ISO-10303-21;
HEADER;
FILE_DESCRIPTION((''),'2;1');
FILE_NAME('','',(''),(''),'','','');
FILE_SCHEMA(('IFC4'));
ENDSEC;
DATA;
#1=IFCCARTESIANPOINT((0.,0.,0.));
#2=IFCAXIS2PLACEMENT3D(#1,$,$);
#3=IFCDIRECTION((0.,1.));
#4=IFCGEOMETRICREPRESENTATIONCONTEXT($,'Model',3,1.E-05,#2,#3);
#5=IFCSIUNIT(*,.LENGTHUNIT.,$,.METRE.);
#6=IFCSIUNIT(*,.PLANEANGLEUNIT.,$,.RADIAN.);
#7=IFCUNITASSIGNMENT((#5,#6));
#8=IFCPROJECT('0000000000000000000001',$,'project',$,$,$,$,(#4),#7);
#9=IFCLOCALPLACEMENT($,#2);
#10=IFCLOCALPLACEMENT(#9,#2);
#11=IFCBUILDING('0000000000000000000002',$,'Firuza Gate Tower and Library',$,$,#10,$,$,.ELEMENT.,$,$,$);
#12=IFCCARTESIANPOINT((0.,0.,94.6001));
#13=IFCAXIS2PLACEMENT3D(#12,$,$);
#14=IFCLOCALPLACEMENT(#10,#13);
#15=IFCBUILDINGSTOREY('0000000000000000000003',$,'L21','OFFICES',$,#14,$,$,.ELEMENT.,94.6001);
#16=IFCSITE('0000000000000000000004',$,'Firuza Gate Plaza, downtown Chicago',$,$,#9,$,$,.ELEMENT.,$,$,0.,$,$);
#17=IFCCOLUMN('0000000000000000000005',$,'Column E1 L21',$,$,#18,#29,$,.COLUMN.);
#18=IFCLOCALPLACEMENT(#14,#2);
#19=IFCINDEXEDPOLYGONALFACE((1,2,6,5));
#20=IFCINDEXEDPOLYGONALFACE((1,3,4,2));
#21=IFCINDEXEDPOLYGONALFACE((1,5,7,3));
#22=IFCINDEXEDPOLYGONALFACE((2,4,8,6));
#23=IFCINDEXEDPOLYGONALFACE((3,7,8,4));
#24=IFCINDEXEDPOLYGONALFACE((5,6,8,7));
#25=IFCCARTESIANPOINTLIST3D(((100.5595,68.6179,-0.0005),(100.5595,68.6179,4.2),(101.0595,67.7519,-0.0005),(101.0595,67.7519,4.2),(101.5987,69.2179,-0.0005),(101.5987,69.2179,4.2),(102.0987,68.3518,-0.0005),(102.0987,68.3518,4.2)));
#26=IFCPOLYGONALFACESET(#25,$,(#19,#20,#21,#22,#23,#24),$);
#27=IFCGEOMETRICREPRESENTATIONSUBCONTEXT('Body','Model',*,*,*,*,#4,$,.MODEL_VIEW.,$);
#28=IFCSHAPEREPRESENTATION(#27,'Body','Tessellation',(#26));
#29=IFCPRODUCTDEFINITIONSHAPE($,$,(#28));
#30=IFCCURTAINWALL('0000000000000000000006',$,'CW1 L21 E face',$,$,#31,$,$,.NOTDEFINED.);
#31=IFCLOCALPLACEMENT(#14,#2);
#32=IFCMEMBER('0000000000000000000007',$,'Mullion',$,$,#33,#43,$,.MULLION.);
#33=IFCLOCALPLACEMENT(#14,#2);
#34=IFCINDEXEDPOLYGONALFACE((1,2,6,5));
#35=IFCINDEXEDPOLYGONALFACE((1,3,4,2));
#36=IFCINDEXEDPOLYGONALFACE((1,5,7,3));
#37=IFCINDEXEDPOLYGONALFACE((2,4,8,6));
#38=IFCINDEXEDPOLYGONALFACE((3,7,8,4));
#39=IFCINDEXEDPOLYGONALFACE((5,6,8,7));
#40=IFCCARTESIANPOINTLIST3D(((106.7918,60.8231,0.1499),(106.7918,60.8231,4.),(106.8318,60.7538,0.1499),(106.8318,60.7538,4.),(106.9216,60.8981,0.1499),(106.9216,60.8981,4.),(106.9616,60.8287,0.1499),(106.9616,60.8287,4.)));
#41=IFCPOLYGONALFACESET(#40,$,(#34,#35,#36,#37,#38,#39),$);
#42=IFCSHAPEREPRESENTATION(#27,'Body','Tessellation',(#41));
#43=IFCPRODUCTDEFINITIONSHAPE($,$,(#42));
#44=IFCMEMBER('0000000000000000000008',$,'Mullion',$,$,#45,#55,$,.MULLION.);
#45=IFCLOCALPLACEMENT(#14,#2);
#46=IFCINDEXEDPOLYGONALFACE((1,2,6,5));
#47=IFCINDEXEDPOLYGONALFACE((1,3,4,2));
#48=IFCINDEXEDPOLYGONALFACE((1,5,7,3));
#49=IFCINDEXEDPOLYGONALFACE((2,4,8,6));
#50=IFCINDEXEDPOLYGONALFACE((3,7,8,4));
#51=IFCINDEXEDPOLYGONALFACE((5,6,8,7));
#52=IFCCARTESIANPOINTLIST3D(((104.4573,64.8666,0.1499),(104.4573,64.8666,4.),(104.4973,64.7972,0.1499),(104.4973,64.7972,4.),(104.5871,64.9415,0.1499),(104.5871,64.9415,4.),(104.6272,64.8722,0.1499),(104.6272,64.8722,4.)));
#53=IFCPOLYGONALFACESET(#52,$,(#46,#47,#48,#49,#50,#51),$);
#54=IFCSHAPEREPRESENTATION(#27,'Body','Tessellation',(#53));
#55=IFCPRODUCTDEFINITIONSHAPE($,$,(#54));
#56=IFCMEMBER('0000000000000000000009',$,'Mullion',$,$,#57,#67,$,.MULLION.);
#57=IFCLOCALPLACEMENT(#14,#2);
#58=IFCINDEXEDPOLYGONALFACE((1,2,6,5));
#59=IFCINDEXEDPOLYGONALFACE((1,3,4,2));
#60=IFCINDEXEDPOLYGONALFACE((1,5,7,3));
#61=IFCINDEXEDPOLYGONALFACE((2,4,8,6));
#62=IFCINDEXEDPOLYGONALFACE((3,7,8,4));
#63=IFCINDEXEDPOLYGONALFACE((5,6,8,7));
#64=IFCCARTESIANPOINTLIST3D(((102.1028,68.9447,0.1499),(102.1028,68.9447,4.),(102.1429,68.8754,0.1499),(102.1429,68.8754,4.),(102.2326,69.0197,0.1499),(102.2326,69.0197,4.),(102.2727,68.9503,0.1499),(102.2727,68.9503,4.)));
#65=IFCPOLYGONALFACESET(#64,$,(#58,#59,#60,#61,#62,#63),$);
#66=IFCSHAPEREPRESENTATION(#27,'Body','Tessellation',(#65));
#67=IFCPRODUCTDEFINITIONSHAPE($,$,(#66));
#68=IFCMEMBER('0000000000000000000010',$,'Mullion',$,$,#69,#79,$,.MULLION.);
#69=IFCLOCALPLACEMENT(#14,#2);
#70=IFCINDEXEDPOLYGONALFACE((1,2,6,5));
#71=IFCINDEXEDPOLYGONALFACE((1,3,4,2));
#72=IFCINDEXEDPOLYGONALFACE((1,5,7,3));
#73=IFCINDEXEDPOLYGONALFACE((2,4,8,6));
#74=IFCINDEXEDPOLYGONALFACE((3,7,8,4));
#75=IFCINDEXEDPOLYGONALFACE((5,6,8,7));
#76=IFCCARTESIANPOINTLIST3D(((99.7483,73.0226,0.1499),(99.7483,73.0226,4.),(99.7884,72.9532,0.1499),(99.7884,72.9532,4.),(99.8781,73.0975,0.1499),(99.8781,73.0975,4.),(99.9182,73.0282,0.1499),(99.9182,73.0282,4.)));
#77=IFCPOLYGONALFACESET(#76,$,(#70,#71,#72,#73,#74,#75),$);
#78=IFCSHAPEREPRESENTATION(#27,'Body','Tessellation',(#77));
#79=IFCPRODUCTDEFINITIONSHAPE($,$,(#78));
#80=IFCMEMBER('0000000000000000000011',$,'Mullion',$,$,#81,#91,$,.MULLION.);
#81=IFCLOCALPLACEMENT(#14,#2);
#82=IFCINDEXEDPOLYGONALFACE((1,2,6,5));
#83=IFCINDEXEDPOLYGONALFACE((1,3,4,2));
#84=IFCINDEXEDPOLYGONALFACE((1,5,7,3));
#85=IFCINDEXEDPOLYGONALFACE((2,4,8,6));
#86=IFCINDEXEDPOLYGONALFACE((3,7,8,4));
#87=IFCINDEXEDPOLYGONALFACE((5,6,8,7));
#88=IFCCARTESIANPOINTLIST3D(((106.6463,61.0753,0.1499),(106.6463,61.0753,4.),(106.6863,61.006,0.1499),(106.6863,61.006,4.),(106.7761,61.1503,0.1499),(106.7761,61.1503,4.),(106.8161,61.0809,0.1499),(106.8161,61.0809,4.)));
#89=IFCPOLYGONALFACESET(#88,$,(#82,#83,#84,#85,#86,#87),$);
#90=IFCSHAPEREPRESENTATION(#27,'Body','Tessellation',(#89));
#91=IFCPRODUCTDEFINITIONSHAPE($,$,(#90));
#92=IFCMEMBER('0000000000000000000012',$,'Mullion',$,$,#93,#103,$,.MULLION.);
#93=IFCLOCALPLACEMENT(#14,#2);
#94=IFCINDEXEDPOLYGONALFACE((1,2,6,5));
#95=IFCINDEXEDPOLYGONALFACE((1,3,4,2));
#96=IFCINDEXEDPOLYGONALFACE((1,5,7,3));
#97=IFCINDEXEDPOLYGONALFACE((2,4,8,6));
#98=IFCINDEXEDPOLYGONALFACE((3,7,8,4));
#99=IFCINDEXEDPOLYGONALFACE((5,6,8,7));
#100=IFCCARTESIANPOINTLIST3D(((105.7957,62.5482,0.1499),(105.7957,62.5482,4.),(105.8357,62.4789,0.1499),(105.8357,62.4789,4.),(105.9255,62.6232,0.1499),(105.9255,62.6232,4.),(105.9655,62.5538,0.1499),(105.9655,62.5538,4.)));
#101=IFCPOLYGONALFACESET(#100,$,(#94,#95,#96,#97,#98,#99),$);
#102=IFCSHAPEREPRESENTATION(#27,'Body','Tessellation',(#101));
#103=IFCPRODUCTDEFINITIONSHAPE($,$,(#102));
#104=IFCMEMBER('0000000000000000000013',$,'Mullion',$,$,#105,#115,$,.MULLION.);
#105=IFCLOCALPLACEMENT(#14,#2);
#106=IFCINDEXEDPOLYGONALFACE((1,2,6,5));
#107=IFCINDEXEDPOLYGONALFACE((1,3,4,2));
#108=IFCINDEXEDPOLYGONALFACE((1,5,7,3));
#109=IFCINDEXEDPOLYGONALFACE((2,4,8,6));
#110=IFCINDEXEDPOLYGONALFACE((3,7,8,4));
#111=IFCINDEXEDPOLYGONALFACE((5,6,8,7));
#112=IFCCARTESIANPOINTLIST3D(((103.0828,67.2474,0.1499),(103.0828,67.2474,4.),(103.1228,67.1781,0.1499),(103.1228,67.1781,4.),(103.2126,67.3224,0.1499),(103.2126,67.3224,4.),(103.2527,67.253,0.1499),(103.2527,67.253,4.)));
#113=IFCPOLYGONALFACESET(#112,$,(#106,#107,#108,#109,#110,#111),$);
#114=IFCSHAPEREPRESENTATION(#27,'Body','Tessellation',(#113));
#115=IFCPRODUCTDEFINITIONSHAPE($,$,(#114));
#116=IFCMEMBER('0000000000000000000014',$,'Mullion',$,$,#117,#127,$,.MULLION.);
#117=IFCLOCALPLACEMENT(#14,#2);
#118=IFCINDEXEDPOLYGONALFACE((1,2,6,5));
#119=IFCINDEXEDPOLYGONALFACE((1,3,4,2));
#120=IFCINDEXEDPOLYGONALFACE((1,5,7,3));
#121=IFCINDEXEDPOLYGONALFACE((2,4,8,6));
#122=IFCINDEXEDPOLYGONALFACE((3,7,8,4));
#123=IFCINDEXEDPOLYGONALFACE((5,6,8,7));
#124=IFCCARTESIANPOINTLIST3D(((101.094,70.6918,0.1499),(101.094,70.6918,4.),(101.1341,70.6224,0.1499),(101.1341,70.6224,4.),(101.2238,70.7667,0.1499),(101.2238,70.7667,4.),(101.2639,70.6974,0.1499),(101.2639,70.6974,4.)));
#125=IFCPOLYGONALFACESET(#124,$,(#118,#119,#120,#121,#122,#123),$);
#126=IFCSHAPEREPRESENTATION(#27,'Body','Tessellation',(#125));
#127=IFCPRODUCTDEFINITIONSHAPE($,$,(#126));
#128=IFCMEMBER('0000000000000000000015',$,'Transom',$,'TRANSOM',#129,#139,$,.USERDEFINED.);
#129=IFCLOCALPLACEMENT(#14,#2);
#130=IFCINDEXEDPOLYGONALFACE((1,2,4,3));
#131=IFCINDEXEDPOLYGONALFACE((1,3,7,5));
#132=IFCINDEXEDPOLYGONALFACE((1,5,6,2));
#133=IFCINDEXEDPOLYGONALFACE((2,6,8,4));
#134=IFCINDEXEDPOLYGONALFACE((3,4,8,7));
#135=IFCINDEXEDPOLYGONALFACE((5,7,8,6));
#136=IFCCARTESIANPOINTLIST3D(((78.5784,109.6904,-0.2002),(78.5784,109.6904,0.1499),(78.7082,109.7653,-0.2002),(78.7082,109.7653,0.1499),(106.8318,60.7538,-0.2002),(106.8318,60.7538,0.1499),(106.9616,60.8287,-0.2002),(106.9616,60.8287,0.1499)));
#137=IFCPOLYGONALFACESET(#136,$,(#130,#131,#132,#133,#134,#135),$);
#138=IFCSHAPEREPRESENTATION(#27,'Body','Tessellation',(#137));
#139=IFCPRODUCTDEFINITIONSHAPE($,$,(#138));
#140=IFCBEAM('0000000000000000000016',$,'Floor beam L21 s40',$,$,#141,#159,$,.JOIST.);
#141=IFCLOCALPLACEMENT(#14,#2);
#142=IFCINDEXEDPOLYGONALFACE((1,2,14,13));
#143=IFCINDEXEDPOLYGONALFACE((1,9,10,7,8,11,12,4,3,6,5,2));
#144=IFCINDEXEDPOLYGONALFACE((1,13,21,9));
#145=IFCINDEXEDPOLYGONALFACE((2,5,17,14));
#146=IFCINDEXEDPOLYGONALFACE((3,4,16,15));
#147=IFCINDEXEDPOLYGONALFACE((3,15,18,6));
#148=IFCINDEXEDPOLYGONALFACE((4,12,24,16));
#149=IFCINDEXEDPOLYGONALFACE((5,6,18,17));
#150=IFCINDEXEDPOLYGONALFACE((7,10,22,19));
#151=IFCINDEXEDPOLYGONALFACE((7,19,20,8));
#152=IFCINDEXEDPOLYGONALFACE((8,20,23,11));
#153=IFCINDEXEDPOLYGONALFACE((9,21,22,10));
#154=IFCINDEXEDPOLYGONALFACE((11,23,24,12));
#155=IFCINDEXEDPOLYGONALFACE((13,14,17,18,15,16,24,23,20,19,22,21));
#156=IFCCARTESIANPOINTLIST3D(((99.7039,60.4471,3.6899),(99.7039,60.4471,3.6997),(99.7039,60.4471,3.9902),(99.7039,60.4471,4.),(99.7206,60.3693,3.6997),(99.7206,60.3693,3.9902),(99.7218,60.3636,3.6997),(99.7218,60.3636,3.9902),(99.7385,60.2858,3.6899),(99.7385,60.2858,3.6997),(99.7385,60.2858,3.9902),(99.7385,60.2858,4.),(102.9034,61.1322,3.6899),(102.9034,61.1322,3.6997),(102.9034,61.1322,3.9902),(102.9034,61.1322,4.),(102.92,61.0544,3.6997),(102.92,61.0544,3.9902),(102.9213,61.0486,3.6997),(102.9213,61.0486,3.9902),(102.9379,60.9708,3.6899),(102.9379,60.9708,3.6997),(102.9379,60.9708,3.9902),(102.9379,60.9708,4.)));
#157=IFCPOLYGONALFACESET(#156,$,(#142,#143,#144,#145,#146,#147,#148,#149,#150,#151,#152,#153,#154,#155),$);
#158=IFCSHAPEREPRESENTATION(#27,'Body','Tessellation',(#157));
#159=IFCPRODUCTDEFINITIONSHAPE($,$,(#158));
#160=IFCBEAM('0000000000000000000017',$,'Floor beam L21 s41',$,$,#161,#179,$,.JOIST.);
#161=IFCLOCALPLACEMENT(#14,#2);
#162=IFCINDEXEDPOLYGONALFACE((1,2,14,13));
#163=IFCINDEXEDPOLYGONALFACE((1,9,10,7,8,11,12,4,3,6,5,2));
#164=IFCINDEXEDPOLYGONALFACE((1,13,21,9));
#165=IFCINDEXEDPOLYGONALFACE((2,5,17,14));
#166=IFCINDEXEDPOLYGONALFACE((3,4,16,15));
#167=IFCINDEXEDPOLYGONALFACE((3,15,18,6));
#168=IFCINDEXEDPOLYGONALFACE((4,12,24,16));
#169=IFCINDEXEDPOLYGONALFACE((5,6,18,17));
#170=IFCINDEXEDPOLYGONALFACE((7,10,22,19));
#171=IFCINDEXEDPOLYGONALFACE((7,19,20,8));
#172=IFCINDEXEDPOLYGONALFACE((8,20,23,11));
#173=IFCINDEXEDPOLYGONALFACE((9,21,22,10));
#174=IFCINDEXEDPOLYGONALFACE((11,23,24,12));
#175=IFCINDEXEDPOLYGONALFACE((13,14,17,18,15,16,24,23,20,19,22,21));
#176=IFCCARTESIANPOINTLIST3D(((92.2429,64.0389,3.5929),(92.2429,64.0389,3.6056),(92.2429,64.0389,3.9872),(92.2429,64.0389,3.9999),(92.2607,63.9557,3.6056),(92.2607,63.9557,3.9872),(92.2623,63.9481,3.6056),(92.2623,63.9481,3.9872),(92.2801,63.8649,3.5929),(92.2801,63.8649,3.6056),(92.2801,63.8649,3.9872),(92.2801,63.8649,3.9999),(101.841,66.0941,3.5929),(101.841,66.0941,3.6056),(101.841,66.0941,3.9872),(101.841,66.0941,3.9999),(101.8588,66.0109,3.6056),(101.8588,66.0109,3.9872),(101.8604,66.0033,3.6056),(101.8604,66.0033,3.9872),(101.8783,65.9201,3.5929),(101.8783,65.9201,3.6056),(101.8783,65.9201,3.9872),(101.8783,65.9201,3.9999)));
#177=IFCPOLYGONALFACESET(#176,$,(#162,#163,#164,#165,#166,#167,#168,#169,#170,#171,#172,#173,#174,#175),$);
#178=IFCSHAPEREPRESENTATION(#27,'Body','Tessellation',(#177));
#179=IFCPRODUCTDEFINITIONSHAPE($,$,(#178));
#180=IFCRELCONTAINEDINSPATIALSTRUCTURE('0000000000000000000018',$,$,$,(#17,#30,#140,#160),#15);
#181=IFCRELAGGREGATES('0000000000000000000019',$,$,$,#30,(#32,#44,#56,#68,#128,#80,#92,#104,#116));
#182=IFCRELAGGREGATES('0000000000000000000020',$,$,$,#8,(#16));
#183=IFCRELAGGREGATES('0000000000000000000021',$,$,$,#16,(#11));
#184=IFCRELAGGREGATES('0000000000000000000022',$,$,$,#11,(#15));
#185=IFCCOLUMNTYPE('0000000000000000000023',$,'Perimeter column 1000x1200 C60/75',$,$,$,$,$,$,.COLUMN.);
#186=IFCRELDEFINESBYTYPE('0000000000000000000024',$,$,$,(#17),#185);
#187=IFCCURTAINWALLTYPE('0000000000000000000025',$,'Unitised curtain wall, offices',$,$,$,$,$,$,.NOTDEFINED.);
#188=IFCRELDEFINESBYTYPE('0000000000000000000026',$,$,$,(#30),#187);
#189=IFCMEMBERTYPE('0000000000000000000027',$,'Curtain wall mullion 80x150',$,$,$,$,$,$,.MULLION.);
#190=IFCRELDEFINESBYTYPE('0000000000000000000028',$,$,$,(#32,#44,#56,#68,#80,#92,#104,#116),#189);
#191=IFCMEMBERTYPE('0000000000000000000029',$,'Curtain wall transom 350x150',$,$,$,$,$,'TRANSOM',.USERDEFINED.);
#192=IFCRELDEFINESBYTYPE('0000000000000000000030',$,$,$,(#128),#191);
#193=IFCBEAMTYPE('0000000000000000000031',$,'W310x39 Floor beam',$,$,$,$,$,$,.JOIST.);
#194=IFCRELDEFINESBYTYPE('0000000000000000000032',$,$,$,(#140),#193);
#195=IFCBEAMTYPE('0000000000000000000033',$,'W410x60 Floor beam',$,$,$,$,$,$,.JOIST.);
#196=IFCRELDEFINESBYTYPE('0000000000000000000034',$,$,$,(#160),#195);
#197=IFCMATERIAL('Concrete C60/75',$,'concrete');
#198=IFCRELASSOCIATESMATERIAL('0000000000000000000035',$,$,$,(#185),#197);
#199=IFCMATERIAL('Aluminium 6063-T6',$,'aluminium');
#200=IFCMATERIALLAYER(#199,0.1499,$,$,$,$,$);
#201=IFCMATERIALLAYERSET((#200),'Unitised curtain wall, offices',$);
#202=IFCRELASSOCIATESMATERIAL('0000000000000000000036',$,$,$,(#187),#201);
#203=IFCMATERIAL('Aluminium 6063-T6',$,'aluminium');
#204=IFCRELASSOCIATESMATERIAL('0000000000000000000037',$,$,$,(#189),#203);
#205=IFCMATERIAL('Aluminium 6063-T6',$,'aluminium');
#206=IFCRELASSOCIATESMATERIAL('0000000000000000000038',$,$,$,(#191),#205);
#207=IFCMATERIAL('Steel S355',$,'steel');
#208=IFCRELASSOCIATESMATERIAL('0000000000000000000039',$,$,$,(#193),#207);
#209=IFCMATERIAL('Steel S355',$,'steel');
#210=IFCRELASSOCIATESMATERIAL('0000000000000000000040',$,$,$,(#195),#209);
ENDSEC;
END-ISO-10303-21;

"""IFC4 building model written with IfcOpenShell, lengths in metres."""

from ifc_helpers import new_model, si_unit, direction, frame, origin, origin_2d, place, context, subcontext, project, spatial, rectangle, i_section, extrude, material, layer, layer_set, material_profile, profile_set, type_object, element, aggregate, save


model = new_model("IFC4")

# Units and contexts
model_context = context("Model", 3, precision=1e-05, world=origin(), true_north=direction((0.0, 1.0)))
body_context = subcontext(model_context, "Body", "Model", "MODEL_VIEW")
ifc_project = project(units=[si_unit("LENGTHUNIT", "METRE"), si_unit("PLANEANGLEUNIT", "RADIAN")], contexts=[model_context])

# Site, building, storey
site_placement = place(None, origin())
site = spatial("IfcSite", under=ifc_project, at=site_placement, Name="Firuza Gate Plaza, downtown Chicago", CompositionType="ELEMENT", RefElevation=0.0)
building_placement = place(site_placement, origin())
building = spatial("IfcBuilding", under=site, at=building_placement, Name="Firuza Gate Tower and Library", CompositionType="ELEMENT")
storey_placement = place(building_placement, frame((0.0, 0.0, 94.6001)))
storey = spatial("IfcBuildingStorey", under=building, at=storey_placement, Name="L21", Description="OFFICES", CompositionType="ELEMENT", Elevation=94.6001)

# Column
ifc_material_1 = material(Name="Concrete C60/75", Category="concrete")
ifc_material_profile_1 = material_profile(ifc_material_1, rectangle(XDim=1.0, YDim=1.2, at=origin_2d()))
ifc_profile_set_1 = profile_set([ifc_material_profile_1], Name="Concrete C60/75")
column_type = type_object("IfcColumnType", Name="Perimeter column 1000x1200 C60/75", PredefinedType="COLUMN", material=ifc_profile_set_1)
column_placement = place(storey_placement, frame((101.3291, 68.4849, -0.0005), z_axis=(0.0, 0.0, 1.0), x_axis=(-0.5, 0.866025, 0.0)))
element("IfcColumn", 1, at=column_placement, inside=storey, type_object=column_type, Name="Column E1 L21", PredefinedType="COLUMN", context=body_context, shape_type="SweptSolid", body=[
    extrude(rectangle(XDim=1.0, YDim=1.2, at=origin_2d()), origin(), (0.0, 0.0, 1.0), 4.2004),
])

# Curtain wall, members
ifc_material_2 = material(Name="Aluminium 6063-T6", Category="aluminium")
ifc_layer_1 = layer(ifc_material_2, 0.1499)
ifc_layer_set_1 = layer_set([ifc_layer_1], Name="Unitised curtain wall, offices")
curtain_wall_type = type_object("IfcCurtainWallType", Name="Unitised curtain wall, offices", PredefinedType="NOTDEFINED", material=ifc_layer_set_1)
curtain_wall_placement = place(storey_placement, origin())
curtain_wall = element("IfcCurtainWall", 2, at=curtain_wall_placement, inside=storey, type_object=curtain_wall_type, Name="CW1 L21 E face", PredefinedType="NOTDEFINED")
ifc_material_3 = material(Name="Aluminium 6063-T6", Category="aluminium")
ifc_material_profile_2 = material_profile(ifc_material_3, rectangle(XDim=0.1499, YDim=0.0801, at=origin_2d()))
ifc_profile_set_2 = profile_set([ifc_material_profile_2], Name="Aluminium 6063-T6")
member_type_1 = type_object("IfcMemberType", Name="Curtain wall mullion 80x150", PredefinedType="MULLION", material=ifc_profile_set_2)
member_1_placement = place(storey_placement, frame((106.8767, 60.8259, 0.1499), z_axis=(0.0, 0.0, 1.0), x_axis=(-0.866025, -0.5, 0.0)))
member_1 = element("IfcMember", 3, at=member_1_placement, type_object=member_type_1, Name="Mullion", PredefinedType="MULLION", context=body_context, shape_type="SweptSolid", body=[
    extrude(rectangle(XDim=0.1499, YDim=0.0801, at=origin_2d()), origin(), (0.0, 0.0, 1.0), 3.8501),
])
member_2_placement = place(storey_placement, frame((104.5422, 64.8694, 0.1499), z_axis=(0.0, 0.0, 1.0), x_axis=(-0.866025, -0.5, 0.0)))
member_2 = element("IfcMember", 4, at=member_2_placement, type_object=member_type_1, Name="Mullion", PredefinedType="MULLION", context=body_context, shape_type="SweptSolid", body=[
    extrude(rectangle(XDim=0.1499, YDim=0.0801, at=origin_2d()), origin(), (0.0, 0.0, 1.0), 3.8501),
])
member_3_placement = place(storey_placement, frame((102.1877, 68.9475, 0.1499), z_axis=(0.0, 0.0, 1.0), x_axis=(-0.866025, -0.5, 0.0)))
member_3 = element("IfcMember", 5, at=member_3_placement, type_object=member_type_1, Name="Mullion", PredefinedType="MULLION", context=body_context, shape_type="SweptSolid", body=[
    extrude(rectangle(XDim=0.1499, YDim=0.0801, at=origin_2d()), origin(), (0.0, 0.0, 1.0), 3.8501),
])
member_4_placement = place(storey_placement, frame((99.8333, 73.0254, 0.1499), z_axis=(0.0, 0.0, 1.0), x_axis=(-0.866025, -0.5, 0.0)))
member_4 = element("IfcMember", 6, at=member_4_placement, type_object=member_type_1, Name="Mullion", PredefinedType="MULLION", context=body_context, shape_type="SweptSolid", body=[
    extrude(rectangle(XDim=0.1499, YDim=0.0801, at=origin_2d()), origin(), (0.0, 0.0, 1.0), 3.8501),
])
member_5_placement = place(storey_placement, frame((106.7312, 61.0781, 0.1499), z_axis=(0.0, 0.0, 1.0), x_axis=(-0.866025, -0.5, 0.0)))
member_5 = element("IfcMember", 7, at=member_5_placement, type_object=member_type_1, Name="Mullion", PredefinedType="MULLION", context=body_context, shape_type="SweptSolid", body=[
    extrude(rectangle(XDim=0.1499, YDim=0.0801, at=origin_2d()), origin(), (0.0, 0.0, 1.0), 3.8501),
])
member_6_placement = place(storey_placement, frame((105.8806, 62.551, 0.1499), z_axis=(0.0, 0.0, 1.0), x_axis=(-0.866025, -0.5, 0.0)))
member_6 = element("IfcMember", 8, at=member_6_placement, type_object=member_type_1, Name="Mullion", PredefinedType="MULLION", context=body_context, shape_type="SweptSolid", body=[
    extrude(rectangle(XDim=0.1499, YDim=0.0801, at=origin_2d()), origin(), (0.0, 0.0, 1.0), 3.8501),
])
member_7_placement = place(storey_placement, frame((103.1677, 67.2502, 0.1499), z_axis=(0.0, 0.0, 1.0), x_axis=(-0.866025, -0.5, 0.0)))
member_7 = element("IfcMember", 9, at=member_7_placement, type_object=member_type_1, Name="Mullion", PredefinedType="MULLION", context=body_context, shape_type="SweptSolid", body=[
    extrude(rectangle(XDim=0.1499, YDim=0.0801, at=origin_2d()), origin(), (0.0, 0.0, 1.0), 3.8501),
])
member_8_placement = place(storey_placement, frame((101.179, 70.6946, 0.1499), z_axis=(0.0, 0.0, 1.0), x_axis=(-0.866025, -0.5, 0.0)))
member_8 = element("IfcMember", 10, at=member_8_placement, type_object=member_type_1, Name="Mullion", PredefinedType="MULLION", context=body_context, shape_type="SweptSolid", body=[
    extrude(rectangle(XDim=0.1499, YDim=0.0801, at=origin_2d()), origin(), (0.0, 0.0, 1.0), 3.8501),
])
ifc_material_4 = material(Name="Aluminium 6063-T6", Category="aluminium")
ifc_material_profile_3 = material_profile(ifc_material_4, rectangle(XDim=0.1499, YDim=0.3501, at=origin_2d()))
ifc_profile_set_3 = profile_set([ifc_material_profile_3], Name="Aluminium 6063-T6")
member_type_2 = type_object("IfcMemberType", Name="Curtain wall transom 350x150", ElementType="TRANSOM", PredefinedType="USERDEFINED", material=ifc_profile_set_3)
member_9_placement = place(storey_placement, frame((106.8967, 60.7913, -0.0251), z_axis=(-0.499999, 0.866026, 0.0), x_axis=(-0.866026, -0.499999, 0.0)))
member_9 = element("IfcMember", 11, at=member_9_placement, type_object=member_type_2, Name="Transom", ObjectType="TRANSOM", PredefinedType="USERDEFINED", context=body_context, shape_type="SweptSolid", body=[
    extrude(rectangle(XDim=0.1499, YDim=0.3501, at=origin_2d()), origin(), (0.0, 0.0, 1.0), 56.5071),
])

# Beams
ifc_material_5 = material(Name="Steel S355", Category="steel")
ifc_material_profile_4 = material_profile(ifc_material_5, i_section(OverallWidth=0.165, OverallDepth=0.3101, WebThickness=0.0059, FlangeThickness=0.0098, at=origin_2d()))
ifc_profile_set_4 = profile_set([ifc_material_profile_4], Name="Steel S355")
beam_type_1 = type_object("IfcBeamType", Name="W310x39 Floor beam", PredefinedType="JOIST", material=ifc_profile_set_4)
beam_1_placement = place(storey_placement, frame((102.9207, 61.0515, 3.845), z_axis=(-0.977836, -0.209371, 0.0), x_axis=(0.209371, -0.977836, 0.0)))
element("IfcBeam", 12, at=beam_1_placement, inside=storey, type_object=beam_type_1, Name="Floor beam L21 s40", PredefinedType="JOIST", context=body_context, shape_type="SweptSolid", body=[
    extrude(i_section(OverallWidth=0.165, OverallDepth=0.3101, WebThickness=0.0059, FlangeThickness=0.0098, at=origin_2d()), origin(), (0.0, 0.0, 1.0), 3.272),
])
ifc_material_6 = material(Name="Steel S355", Category="steel")
ifc_material_profile_5 = material_profile(ifc_material_6, i_section(OverallWidth=0.178, OverallDepth=0.407, WebThickness=0.0078, FlangeThickness=0.0127, at=origin_2d()))
ifc_profile_set_5 = profile_set([ifc_material_profile_5], Name="Steel S355")
beam_type_2 = type_object("IfcBeamType", Name="W410x60 Floor beam", PredefinedType="JOIST", material=ifc_profile_set_5)
beam_2_placement = place(storey_placement, frame((101.8596, 66.0071, 3.7964), z_axis=(-0.977835, -0.209376, 0.0), x_axis=(0.209376, -0.977835, 0.0)))
element("IfcBeam", 13, at=beam_2_placement, inside=storey, type_object=beam_type_2, Name="Floor beam L21 s41", PredefinedType="JOIST", context=body_context, shape_type="SweptSolid", body=[
    extrude(i_section(OverallWidth=0.178, OverallDepth=0.407, WebThickness=0.0078, FlangeThickness=0.0127, at=origin_2d()), origin(), (0.0, 0.0, 1.0), 9.8157),
])

aggregate(curtain_wall, [member_1, member_2, member_3, member_4, member_9, member_5, member_6, member_7, member_8])

save(model, "model.ifc")
